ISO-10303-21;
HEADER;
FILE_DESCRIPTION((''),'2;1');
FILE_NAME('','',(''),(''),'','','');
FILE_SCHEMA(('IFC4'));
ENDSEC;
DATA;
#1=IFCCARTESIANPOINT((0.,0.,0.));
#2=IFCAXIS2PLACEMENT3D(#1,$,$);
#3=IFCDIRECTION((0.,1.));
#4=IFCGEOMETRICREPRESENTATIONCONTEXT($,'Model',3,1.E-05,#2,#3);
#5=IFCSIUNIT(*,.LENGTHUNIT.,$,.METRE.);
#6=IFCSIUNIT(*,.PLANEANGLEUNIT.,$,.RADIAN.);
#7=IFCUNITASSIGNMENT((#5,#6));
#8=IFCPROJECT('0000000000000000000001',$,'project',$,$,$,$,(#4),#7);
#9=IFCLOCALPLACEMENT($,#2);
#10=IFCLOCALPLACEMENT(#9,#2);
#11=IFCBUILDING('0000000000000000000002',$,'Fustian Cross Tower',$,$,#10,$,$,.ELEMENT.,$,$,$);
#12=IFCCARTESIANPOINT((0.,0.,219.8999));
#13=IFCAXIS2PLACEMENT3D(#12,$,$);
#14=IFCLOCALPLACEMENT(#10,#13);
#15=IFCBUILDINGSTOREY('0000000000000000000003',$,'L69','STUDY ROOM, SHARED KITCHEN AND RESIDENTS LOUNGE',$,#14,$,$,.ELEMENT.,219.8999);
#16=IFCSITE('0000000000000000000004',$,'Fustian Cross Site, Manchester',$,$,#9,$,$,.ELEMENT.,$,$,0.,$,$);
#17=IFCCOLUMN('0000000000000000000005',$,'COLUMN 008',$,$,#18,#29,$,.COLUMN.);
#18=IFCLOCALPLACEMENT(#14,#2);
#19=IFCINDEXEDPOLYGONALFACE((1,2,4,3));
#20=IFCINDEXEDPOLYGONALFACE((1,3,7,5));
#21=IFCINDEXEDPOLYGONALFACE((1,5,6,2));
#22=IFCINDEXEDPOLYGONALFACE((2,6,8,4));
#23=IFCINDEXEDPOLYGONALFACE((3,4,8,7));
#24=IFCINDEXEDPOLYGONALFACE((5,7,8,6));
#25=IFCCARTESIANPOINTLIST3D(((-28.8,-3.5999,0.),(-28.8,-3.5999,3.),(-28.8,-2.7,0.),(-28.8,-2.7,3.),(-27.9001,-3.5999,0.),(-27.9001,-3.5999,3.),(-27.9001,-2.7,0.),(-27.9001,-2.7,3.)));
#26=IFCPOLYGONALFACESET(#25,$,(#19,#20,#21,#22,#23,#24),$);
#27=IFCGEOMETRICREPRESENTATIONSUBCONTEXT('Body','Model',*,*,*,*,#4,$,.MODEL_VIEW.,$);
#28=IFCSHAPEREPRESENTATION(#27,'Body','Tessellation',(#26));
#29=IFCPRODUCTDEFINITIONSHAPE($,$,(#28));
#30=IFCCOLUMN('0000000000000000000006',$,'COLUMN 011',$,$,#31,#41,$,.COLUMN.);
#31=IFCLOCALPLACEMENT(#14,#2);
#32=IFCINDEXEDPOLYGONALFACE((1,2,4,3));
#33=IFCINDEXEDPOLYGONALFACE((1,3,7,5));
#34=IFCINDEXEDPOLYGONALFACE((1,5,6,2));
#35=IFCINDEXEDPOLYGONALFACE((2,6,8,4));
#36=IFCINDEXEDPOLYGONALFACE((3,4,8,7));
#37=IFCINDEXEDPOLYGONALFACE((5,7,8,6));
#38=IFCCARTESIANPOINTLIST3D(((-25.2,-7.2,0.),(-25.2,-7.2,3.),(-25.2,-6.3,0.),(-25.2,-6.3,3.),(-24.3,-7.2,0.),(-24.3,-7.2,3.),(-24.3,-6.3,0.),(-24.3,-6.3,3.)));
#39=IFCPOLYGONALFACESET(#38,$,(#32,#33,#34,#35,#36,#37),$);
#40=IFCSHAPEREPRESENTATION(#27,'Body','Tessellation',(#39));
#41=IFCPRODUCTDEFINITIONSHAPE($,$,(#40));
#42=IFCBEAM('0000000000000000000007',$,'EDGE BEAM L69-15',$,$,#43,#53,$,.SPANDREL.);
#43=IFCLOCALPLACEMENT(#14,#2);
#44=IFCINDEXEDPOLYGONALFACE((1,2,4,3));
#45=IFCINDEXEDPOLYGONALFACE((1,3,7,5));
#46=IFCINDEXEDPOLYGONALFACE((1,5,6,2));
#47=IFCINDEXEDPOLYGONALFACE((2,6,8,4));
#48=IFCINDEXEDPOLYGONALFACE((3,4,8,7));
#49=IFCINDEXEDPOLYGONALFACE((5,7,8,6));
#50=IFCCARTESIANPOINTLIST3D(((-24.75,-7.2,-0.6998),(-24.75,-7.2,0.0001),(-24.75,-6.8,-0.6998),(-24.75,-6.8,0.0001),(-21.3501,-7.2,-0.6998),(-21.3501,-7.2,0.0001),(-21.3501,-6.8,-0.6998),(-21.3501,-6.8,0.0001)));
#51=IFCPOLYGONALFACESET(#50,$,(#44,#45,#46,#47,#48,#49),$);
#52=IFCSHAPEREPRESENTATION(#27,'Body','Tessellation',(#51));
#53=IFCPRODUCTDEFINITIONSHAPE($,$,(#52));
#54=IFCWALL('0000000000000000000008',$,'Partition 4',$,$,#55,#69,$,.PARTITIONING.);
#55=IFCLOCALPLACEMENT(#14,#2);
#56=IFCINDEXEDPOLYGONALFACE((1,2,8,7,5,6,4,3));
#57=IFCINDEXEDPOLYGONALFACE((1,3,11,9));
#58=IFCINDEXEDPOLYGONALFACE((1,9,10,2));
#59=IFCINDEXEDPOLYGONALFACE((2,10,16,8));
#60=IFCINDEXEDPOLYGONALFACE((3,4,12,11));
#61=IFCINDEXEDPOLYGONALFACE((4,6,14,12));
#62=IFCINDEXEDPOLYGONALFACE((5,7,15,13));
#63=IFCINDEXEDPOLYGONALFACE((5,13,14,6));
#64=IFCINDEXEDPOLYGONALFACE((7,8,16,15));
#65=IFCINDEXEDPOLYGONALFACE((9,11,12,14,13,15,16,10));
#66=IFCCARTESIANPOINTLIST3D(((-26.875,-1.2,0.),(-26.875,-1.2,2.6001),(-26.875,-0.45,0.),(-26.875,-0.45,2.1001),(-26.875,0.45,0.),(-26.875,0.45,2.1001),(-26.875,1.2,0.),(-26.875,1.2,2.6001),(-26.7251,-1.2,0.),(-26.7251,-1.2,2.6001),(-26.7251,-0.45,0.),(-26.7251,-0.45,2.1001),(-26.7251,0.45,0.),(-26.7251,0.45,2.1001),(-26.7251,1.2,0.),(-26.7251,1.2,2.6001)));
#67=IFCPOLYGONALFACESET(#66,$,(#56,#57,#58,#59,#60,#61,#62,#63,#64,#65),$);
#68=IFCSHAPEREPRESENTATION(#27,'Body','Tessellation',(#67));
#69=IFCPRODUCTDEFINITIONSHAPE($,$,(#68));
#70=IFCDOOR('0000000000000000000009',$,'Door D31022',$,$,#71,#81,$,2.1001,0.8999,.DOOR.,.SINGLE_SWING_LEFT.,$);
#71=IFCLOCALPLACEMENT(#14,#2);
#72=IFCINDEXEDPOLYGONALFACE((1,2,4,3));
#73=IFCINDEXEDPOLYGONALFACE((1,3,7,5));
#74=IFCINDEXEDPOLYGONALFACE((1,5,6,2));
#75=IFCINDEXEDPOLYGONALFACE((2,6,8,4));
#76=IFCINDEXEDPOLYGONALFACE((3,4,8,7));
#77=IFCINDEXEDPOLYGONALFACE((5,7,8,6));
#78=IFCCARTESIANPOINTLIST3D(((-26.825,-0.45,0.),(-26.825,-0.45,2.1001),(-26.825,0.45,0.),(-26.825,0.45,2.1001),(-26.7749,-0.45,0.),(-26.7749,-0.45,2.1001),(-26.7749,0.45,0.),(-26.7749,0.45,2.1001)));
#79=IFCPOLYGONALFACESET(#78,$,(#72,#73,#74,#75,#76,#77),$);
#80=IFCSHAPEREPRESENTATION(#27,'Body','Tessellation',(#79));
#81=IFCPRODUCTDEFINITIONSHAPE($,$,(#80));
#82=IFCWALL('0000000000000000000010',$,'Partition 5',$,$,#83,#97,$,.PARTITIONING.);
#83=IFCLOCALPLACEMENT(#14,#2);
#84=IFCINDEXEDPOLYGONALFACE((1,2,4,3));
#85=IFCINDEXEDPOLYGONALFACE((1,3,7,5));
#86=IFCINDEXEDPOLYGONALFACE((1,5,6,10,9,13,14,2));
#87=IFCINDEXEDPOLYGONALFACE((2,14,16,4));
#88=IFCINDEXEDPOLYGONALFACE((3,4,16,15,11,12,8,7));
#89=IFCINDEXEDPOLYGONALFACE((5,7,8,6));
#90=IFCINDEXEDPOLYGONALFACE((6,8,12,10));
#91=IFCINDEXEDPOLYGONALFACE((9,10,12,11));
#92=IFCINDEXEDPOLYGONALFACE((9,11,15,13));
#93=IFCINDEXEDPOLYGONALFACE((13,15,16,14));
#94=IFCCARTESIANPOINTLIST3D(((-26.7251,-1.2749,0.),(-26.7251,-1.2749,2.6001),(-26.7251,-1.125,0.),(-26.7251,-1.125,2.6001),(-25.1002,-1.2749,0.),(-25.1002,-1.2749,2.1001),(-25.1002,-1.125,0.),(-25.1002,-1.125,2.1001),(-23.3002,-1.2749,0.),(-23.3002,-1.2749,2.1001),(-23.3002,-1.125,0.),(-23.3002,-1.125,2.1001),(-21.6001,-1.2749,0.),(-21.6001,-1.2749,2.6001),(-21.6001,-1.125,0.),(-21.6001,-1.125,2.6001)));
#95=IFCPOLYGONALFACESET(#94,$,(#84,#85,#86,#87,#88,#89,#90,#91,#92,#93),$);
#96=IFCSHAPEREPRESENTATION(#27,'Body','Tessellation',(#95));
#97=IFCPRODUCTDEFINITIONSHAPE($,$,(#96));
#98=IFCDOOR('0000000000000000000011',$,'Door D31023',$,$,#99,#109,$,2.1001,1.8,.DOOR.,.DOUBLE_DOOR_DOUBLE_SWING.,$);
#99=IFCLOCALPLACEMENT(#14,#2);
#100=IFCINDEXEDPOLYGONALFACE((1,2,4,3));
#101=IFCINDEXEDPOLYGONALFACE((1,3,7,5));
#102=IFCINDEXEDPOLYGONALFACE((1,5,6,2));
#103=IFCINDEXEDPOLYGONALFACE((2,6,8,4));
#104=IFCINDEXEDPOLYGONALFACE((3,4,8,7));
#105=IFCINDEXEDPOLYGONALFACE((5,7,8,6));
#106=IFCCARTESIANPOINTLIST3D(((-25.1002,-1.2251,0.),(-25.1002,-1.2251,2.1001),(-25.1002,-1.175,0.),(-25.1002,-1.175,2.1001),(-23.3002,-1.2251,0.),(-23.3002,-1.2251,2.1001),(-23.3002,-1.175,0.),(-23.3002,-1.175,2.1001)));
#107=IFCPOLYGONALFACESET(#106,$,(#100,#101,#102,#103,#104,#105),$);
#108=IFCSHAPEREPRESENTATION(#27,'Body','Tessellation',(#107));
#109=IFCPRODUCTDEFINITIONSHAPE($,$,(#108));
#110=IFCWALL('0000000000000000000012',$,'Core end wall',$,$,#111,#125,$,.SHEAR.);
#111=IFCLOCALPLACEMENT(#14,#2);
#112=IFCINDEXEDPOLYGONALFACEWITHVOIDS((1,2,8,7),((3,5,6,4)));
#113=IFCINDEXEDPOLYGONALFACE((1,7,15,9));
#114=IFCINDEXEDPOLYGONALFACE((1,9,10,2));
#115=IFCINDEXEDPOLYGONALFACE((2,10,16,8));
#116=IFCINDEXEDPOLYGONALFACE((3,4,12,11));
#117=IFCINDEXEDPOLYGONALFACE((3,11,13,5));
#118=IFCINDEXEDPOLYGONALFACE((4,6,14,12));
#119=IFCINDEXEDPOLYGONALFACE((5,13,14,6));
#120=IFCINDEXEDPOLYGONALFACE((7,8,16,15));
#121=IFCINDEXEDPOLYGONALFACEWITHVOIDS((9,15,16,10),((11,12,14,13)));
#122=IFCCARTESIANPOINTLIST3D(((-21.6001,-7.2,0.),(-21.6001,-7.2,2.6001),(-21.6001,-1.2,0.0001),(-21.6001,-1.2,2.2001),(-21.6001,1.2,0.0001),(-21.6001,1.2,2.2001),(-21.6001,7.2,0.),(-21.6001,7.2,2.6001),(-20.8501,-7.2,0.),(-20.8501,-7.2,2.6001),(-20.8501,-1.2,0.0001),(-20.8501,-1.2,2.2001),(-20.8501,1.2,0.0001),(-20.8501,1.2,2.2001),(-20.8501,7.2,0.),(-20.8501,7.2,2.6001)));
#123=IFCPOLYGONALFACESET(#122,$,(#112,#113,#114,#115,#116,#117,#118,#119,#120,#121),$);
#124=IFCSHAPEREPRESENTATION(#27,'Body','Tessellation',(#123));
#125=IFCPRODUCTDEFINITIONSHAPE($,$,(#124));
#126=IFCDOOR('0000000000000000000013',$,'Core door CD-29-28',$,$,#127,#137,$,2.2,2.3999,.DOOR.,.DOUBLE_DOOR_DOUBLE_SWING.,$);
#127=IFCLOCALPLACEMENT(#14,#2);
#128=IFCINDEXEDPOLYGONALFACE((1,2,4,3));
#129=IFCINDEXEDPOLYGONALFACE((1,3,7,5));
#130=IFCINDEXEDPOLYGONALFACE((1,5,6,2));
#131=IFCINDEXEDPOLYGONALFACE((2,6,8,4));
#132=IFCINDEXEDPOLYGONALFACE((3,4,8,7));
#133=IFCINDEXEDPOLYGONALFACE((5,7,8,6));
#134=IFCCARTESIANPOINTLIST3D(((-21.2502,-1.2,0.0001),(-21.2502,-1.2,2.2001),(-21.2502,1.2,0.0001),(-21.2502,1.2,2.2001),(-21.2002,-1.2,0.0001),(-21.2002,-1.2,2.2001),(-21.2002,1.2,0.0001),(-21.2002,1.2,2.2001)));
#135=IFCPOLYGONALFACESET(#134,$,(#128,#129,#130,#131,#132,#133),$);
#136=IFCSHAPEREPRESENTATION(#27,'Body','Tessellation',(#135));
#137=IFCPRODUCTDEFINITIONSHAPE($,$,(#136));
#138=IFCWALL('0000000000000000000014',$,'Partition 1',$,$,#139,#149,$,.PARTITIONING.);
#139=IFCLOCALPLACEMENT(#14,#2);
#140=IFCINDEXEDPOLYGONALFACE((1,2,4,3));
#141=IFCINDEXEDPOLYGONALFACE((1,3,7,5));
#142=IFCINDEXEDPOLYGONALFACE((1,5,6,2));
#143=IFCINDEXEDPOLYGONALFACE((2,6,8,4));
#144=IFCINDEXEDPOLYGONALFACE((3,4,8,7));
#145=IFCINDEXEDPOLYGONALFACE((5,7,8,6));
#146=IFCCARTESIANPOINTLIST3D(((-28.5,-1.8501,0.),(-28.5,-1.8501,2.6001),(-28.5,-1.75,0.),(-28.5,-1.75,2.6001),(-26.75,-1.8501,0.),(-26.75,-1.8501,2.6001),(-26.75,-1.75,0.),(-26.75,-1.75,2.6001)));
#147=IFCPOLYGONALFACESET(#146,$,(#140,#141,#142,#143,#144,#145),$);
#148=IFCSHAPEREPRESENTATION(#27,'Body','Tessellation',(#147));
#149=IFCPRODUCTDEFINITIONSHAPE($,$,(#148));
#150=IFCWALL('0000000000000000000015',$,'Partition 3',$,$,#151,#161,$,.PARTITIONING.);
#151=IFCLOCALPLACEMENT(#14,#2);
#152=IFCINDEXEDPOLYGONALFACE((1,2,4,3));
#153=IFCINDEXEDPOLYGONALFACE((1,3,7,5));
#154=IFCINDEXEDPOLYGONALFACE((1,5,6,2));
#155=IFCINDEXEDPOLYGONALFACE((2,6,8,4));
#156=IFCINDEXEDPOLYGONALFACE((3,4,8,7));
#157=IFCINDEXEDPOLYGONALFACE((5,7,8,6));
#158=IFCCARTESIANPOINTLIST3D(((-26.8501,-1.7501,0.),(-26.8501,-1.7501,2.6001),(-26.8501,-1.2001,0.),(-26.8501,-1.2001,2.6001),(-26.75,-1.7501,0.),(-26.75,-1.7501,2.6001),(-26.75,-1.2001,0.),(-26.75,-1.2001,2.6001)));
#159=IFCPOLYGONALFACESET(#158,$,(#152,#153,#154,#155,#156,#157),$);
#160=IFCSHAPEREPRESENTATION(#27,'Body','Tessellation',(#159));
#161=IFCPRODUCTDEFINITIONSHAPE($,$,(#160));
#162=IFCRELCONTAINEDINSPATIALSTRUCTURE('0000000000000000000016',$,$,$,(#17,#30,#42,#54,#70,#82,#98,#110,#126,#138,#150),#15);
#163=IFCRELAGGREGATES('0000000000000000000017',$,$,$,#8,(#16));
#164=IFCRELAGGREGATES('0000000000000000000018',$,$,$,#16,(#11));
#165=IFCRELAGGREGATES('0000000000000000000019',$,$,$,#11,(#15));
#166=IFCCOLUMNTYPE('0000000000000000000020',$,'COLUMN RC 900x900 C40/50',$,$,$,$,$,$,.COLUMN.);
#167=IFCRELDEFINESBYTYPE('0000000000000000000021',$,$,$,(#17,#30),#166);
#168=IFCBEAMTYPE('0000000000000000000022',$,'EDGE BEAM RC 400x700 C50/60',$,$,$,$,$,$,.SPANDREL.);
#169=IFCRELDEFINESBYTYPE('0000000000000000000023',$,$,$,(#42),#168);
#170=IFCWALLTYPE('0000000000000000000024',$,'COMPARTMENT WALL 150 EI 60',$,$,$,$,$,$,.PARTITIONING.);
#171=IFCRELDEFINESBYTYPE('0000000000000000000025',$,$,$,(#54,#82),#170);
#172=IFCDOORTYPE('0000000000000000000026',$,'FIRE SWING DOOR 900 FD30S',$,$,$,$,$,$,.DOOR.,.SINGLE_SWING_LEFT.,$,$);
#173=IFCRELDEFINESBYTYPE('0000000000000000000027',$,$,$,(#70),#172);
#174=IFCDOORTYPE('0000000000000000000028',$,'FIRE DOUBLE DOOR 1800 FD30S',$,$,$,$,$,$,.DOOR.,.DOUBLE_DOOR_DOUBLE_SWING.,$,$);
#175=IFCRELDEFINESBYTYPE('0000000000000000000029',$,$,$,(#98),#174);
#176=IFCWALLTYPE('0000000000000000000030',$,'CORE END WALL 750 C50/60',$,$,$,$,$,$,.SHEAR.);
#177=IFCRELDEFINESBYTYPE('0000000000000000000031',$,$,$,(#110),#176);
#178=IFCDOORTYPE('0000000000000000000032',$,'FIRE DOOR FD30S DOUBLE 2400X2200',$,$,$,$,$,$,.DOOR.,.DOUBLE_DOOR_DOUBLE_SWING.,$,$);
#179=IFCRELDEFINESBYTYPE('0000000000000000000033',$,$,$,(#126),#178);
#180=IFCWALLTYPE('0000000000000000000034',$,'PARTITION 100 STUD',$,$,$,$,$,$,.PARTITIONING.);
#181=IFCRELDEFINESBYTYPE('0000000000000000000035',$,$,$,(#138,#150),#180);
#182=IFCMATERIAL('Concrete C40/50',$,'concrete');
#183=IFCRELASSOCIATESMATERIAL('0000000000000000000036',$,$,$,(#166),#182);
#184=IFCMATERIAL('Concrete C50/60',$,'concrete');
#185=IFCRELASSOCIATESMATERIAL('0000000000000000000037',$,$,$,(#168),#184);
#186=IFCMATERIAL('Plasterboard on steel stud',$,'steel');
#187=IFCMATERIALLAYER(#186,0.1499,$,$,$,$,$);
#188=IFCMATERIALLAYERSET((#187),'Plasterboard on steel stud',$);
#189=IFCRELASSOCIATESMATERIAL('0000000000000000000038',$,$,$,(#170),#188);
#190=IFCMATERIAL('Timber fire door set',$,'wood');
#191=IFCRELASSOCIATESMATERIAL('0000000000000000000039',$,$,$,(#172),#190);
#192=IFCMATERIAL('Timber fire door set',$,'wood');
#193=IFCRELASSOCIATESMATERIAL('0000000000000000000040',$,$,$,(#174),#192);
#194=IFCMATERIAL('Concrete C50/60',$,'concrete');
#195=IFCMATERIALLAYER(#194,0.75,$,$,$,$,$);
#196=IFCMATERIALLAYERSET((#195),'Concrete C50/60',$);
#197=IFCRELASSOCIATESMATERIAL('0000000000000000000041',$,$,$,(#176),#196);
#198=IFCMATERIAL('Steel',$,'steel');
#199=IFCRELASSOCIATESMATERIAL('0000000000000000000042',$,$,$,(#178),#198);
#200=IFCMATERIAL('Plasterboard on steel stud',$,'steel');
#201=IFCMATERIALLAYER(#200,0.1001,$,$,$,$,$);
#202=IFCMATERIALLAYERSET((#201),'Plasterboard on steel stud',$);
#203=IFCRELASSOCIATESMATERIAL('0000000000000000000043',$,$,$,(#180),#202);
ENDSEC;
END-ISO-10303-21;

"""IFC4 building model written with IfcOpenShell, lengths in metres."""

from ifc_helpers import new_model, si_unit, direction, frame, frame_2d, origin, origin_2d, place, context, subcontext, project, spatial, rectangle, extrude, material, layer, layer_set, material_profile, profile_set, type_object, element, fill, save


model = new_model("IFC4")

# Units and contexts
model_context = context("Model", 3, precision=1e-05, world=origin(), true_north=direction((0.0, 1.0)))
body_context = subcontext(model_context, "Body", "Model", "MODEL_VIEW")
ifc_project = project(units=[si_unit("LENGTHUNIT", "METRE"), si_unit("PLANEANGLEUNIT", "RADIAN")], contexts=[model_context])

# Site, building, storey
site_placement = place(None, origin())
site = spatial("IfcSite", under=ifc_project, at=site_placement, Name="Fustian Cross Site, Manchester", CompositionType="ELEMENT", RefElevation=0.0)
building_placement = place(site_placement, origin())
building = spatial("IfcBuilding", under=site, at=building_placement, Name="Fustian Cross Tower", CompositionType="ELEMENT")
storey_placement = place(building_placement, frame((0.0, 0.0, 219.8999)))
storey = spatial("IfcBuildingStorey", under=building, at=storey_placement, Name="L69", Description="STUDY ROOM, SHARED KITCHEN AND RESIDENTS LOUNGE", CompositionType="ELEMENT", Elevation=219.8999)

# Columns
ifc_material_1 = material(Name="Concrete C40/50", Category="concrete")
ifc_material_profile_1 = material_profile(ifc_material_1, rectangle(XDim=0.8999, YDim=0.8999, at=origin_2d()), Name="RC 900x900")
ifc_profile_set_1 = profile_set([ifc_material_profile_1], Name="Concrete C40/50")
column_type = type_object("IfcColumnType", Name="COLUMN RC 900x900 C40/50", PredefinedType="COLUMN", material=ifc_profile_set_1)
for number, where, z_axis, x_axis, name in (
    (1, (-28.3501, -3.1499, 0.0), (0.0, 0.0, 1.0), (1.0, 0.0, 0.0), "COLUMN 008"),
    (2, (-24.75, -6.75, 0.0), (0.0, 0.0, 1.0), (1.0, 0.0, 0.0), "COLUMN 011"),
):
    element("IfcColumn", number, at=place(storey_placement, frame(where, z_axis=z_axis, x_axis=x_axis)), inside=storey, type_object=column_type, Name=name, PredefinedType="COLUMN", context=body_context, shape_type="SweptSolid", body=[
        extrude(rectangle(XDim=0.8999, YDim=0.8999, at=origin_2d()), origin(), (0.0, 0.0, 1.0), 3.0),
    ])

# Beam
ifc_material_2 = material(Name="Concrete C50/60", Category="concrete")
ifc_material_profile_2 = material_profile(ifc_material_2, rectangle(XDim=0.3999, YDim=0.7, at=origin_2d()), Name="RC 400x700")
ifc_profile_set_2 = profile_set([ifc_material_profile_2], Name="Concrete C50/60")
beam_type = type_object("IfcBeamType", Name="EDGE BEAM RC 400x700 C50/60", PredefinedType="SPANDREL", material=ifc_profile_set_2)
beam_placement = place(storey_placement, frame((-24.75, -7.0, -0.3499), z_axis=(1.0, 0.0, 0.0), x_axis=(0.0, 1.0, 0.0)))
element("IfcBeam", 3, at=beam_placement, inside=storey, type_object=beam_type, Name="EDGE BEAM L69-15", PredefinedType="SPANDREL", context=body_context, shape_type="SweptSolid", body=[
    extrude(rectangle(XDim=0.3999, YDim=0.7, at=origin_2d()), origin(), (0.0, 0.0, 1.0), 3.3999),
])

# Walls, openings, doors
ifc_material_3 = material(Name="Plasterboard on steel stud", Category="steel")
ifc_layer_1 = layer(ifc_material_3, 0.1499)
ifc_layer_set_1 = layer_set([ifc_layer_1], Name="Plasterboard on steel stud")
wall_type_1 = type_object("IfcWallType", Name="COMPARTMENT WALL 150 EI 60", PredefinedType="PARTITIONING", material=ifc_layer_set_1)
wall_1_placement = place(storey_placement, frame((-26.8, -1.2, 0.0), z_axis=(0.0, 0.0, 1.0), x_axis=(0.0, 1.0, 0.0)))
wall_1 = element("IfcWall", 4, at=wall_1_placement, inside=storey, type_object=wall_type_1, Name="Partition 4", PredefinedType="PARTITIONING", context=body_context, shape_type="SweptSolid", body=[
    extrude(rectangle(XDim=2.3999, YDim=0.1499, at=frame_2d((1.2, 0.0))), origin(), (0.0, 0.0, 1.0), 2.6001),
])
opening_1_placement = place(wall_1_placement, frame((0.75, 0.0, 0.0)))
opening_1 = element("IfcOpeningElement", 5, at=opening_1_placement, cuts=wall_1, PredefinedType="OPENING", context=body_context, shape_type="SweptSolid", body=[
    extrude(rectangle(XDim=0.8999, YDim=2.1001, at=frame_2d((0.45, 1.05))), frame((0.0, 0.085, 0.0), z_axis=(0.0, -1.0, 0.0), x_axis=(1.0, 0.0, 0.0)), (0.0, 0.0, 1.0), 0.1699),
])
ifc_material_4 = material(Name="Timber fire door set", Category="wood")
door_type_1 = type_object("IfcDoorType", Name="FIRE SWING DOOR 900 FD30S", OperationType="SINGLE_SWING_LEFT", PredefinedType="DOOR", material=ifc_material_4)
door_1_placement = place(opening_1_placement, origin())
door_1 = element("IfcDoor", 6, at=door_1_placement, inside=storey, type_object=door_type_1, Name="Door D31022", OperationType="SINGLE_SWING_LEFT", OverallHeight=2.1001, OverallWidth=0.8999, PredefinedType="DOOR", context=body_context, shape_type="SweptSolid", body=[
    extrude(rectangle(XDim=0.8999, YDim=2.1001, at=frame_2d((0.45, 1.05))), frame((0.0, 0.0249, 0.0), z_axis=(0.0, -1.0, 0.0), x_axis=(1.0, 0.0, 0.0)), (0.0, 0.0, 1.0), 0.05),
])
fill(opening_1, door_1)
wall_2_placement = place(storey_placement, frame((-26.7251, -1.2, 0.0), z_axis=(0.0, 0.0, 1.0), x_axis=(1.0, 0.0, 0.0)))
wall_2 = element("IfcWall", 7, at=wall_2_placement, inside=storey, type_object=wall_type_1, Name="Partition 5", PredefinedType="PARTITIONING", context=body_context, shape_type="SweptSolid", body=[
    extrude(rectangle(XDim=5.125, YDim=0.1499, at=frame_2d((2.5625, 0.0))), origin(), (0.0, 0.0, 1.0), 2.6001),
])
opening_2_placement = place(wall_2_placement, frame((1.625, 0.0, 0.0)))
opening_2 = element("IfcOpeningElement", 8, at=opening_2_placement, cuts=wall_2, PredefinedType="OPENING", context=body_context, shape_type="SweptSolid", body=[
    extrude(rectangle(XDim=1.8, YDim=2.1001, at=frame_2d((0.8999, 1.05))), frame((0.0, 0.085, 0.0), z_axis=(0.0, -1.0, 0.0), x_axis=(1.0, 0.0, 0.0)), (0.0, 0.0, 1.0), 0.1699),
])
ifc_material_5 = material(Name="Timber fire door set", Category="wood")
door_type_2 = type_object("IfcDoorType", Name="FIRE DOUBLE DOOR 1800 FD30S", OperationType="DOUBLE_DOOR_DOUBLE_SWING", PredefinedType="DOOR", material=ifc_material_5)
door_2_placement = place(opening_2_placement, origin())
door_2 = element("IfcDoor", 9, at=door_2_placement, inside=storey, type_object=door_type_2, Name="Door D31023", OperationType="DOUBLE_DOOR_DOUBLE_SWING", OverallHeight=2.1001, OverallWidth=1.8, PredefinedType="DOOR", context=body_context, shape_type="SweptSolid", body=[
    extrude(rectangle(XDim=1.8, YDim=2.1001, at=frame_2d((0.8999, 1.05))), frame((0.0, 0.0249, 0.0), z_axis=(0.0, -1.0, 0.0), x_axis=(1.0, 0.0, 0.0)), (0.0, 0.0, 1.0), 0.05),
])
fill(opening_2, door_2)
ifc_material_6 = material(Name="Concrete C50/60", Category="concrete")
ifc_layer_2 = layer(ifc_material_6, 0.75)
ifc_layer_set_2 = layer_set([ifc_layer_2], Name="Concrete C50/60")
wall_type_2 = type_object("IfcWallType", Name="CORE END WALL 750 C50/60", PredefinedType="SHEAR", material=ifc_layer_set_2)
wall_3_placement = place(storey_placement, frame((-21.2251, -7.2, 0.0), z_axis=(0.0, 0.0, 1.0), x_axis=(0.0, 1.0, 0.0)))
wall_3 = element("IfcWall", 10, at=wall_3_placement, inside=storey, type_object=wall_type_2, Name="Core end wall", PredefinedType="SHEAR", context=body_context, shape_type="SweptSolid", body=[
    extrude(rectangle(XDim=14.3999, YDim=0.75, at=frame_2d((7.2, 0.0))), origin(), (0.0, 0.0, 1.0), 2.6001),
])
opening_3_placement = place(wall_3_placement, frame((6.0, 0.0, 0.0)))
opening_3 = element("IfcOpeningElement", 11, at=opening_3_placement, cuts=wall_3, PredefinedType="OPENING", context=body_context, shape_type="SweptSolid", body=[
    extrude(rectangle(XDim=2.3999, YDim=2.2, at=frame_2d((1.2, 1.1001))), frame((0.0, 0.385, 0.0), z_axis=(0.0, -1.0, 0.0), x_axis=(1.0, 0.0, 0.0)), (0.0, 0.0, 1.0), 0.77),
])
ifc_material_7 = material(Name="Steel", Category="steel")
door_type_3 = type_object("IfcDoorType", Name="FIRE DOOR FD30S DOUBLE 2400X2200", OperationType="DOUBLE_DOOR_DOUBLE_SWING", PredefinedType="DOOR", material=ifc_material_7)
door_3_placement = place(opening_3_placement, frame((2.3999, 0.0, 0.0), z_axis=(0.0, 0.0, 1.0), x_axis=(-1.0, 0.0, 0.0)))
door_3 = element("IfcDoor", 12, at=door_3_placement, inside=storey, type_object=door_type_3, Name="Core door CD-29-28", OperationType="DOUBLE_DOOR_DOUBLE_SWING", OverallHeight=2.2, OverallWidth=2.3999, PredefinedType="DOOR", context=body_context, shape_type="SweptSolid", body=[
    extrude(rectangle(XDim=2.3999, YDim=2.2, at=frame_2d((1.2, 1.1001))), frame((0.0, 0.0249, 0.0), z_axis=(0.0, -1.0, 0.0), x_axis=(1.0, 0.0, 0.0)), (0.0, 0.0, 1.0), 0.05),
])
fill(opening_3, door_3)

# Walls
ifc_material_8 = material(Name="Plasterboard on steel stud", Category="steel")
ifc_layer_3 = layer(ifc_material_8, 0.1001)
ifc_layer_set_3 = layer_set([ifc_layer_3], Name="Plasterboard on steel stud")
wall_type_3 = type_object("IfcWallType", Name="PARTITION 100 STUD", PredefinedType="PARTITIONING", material=ifc_layer_set_3)
wall_4_placement = place(storey_placement, frame((-28.5, -1.8, 0.0), z_axis=(0.0, 0.0, 1.0), x_axis=(1.0, 0.0, 0.0)))
element("IfcWall", 13, at=wall_4_placement, inside=storey, type_object=wall_type_3, Name="Partition 1", PredefinedType="PARTITIONING", context=body_context, shape_type="SweptSolid", body=[
    extrude(rectangle(XDim=1.75, YDim=0.1001, at=frame_2d((0.875, 0.0))), origin(), (0.0, 0.0, 1.0), 2.6001),
])
wall_5_placement = place(storey_placement, frame((-26.8, -1.75, 0.0), z_axis=(0.0, 0.0, 1.0), x_axis=(0.0, 1.0, 0.0)))
element("IfcWall", 14, at=wall_5_placement, inside=storey, type_object=wall_type_3, Name="Partition 3", PredefinedType="PARTITIONING", context=body_context, shape_type="SweptSolid", body=[
    extrude(rectangle(XDim=0.55, YDim=0.1001, at=frame_2d((0.2749, 0.0))), origin(), (0.0, 0.0, 1.0), 2.6001),
])

save(model, "model.ifc")
